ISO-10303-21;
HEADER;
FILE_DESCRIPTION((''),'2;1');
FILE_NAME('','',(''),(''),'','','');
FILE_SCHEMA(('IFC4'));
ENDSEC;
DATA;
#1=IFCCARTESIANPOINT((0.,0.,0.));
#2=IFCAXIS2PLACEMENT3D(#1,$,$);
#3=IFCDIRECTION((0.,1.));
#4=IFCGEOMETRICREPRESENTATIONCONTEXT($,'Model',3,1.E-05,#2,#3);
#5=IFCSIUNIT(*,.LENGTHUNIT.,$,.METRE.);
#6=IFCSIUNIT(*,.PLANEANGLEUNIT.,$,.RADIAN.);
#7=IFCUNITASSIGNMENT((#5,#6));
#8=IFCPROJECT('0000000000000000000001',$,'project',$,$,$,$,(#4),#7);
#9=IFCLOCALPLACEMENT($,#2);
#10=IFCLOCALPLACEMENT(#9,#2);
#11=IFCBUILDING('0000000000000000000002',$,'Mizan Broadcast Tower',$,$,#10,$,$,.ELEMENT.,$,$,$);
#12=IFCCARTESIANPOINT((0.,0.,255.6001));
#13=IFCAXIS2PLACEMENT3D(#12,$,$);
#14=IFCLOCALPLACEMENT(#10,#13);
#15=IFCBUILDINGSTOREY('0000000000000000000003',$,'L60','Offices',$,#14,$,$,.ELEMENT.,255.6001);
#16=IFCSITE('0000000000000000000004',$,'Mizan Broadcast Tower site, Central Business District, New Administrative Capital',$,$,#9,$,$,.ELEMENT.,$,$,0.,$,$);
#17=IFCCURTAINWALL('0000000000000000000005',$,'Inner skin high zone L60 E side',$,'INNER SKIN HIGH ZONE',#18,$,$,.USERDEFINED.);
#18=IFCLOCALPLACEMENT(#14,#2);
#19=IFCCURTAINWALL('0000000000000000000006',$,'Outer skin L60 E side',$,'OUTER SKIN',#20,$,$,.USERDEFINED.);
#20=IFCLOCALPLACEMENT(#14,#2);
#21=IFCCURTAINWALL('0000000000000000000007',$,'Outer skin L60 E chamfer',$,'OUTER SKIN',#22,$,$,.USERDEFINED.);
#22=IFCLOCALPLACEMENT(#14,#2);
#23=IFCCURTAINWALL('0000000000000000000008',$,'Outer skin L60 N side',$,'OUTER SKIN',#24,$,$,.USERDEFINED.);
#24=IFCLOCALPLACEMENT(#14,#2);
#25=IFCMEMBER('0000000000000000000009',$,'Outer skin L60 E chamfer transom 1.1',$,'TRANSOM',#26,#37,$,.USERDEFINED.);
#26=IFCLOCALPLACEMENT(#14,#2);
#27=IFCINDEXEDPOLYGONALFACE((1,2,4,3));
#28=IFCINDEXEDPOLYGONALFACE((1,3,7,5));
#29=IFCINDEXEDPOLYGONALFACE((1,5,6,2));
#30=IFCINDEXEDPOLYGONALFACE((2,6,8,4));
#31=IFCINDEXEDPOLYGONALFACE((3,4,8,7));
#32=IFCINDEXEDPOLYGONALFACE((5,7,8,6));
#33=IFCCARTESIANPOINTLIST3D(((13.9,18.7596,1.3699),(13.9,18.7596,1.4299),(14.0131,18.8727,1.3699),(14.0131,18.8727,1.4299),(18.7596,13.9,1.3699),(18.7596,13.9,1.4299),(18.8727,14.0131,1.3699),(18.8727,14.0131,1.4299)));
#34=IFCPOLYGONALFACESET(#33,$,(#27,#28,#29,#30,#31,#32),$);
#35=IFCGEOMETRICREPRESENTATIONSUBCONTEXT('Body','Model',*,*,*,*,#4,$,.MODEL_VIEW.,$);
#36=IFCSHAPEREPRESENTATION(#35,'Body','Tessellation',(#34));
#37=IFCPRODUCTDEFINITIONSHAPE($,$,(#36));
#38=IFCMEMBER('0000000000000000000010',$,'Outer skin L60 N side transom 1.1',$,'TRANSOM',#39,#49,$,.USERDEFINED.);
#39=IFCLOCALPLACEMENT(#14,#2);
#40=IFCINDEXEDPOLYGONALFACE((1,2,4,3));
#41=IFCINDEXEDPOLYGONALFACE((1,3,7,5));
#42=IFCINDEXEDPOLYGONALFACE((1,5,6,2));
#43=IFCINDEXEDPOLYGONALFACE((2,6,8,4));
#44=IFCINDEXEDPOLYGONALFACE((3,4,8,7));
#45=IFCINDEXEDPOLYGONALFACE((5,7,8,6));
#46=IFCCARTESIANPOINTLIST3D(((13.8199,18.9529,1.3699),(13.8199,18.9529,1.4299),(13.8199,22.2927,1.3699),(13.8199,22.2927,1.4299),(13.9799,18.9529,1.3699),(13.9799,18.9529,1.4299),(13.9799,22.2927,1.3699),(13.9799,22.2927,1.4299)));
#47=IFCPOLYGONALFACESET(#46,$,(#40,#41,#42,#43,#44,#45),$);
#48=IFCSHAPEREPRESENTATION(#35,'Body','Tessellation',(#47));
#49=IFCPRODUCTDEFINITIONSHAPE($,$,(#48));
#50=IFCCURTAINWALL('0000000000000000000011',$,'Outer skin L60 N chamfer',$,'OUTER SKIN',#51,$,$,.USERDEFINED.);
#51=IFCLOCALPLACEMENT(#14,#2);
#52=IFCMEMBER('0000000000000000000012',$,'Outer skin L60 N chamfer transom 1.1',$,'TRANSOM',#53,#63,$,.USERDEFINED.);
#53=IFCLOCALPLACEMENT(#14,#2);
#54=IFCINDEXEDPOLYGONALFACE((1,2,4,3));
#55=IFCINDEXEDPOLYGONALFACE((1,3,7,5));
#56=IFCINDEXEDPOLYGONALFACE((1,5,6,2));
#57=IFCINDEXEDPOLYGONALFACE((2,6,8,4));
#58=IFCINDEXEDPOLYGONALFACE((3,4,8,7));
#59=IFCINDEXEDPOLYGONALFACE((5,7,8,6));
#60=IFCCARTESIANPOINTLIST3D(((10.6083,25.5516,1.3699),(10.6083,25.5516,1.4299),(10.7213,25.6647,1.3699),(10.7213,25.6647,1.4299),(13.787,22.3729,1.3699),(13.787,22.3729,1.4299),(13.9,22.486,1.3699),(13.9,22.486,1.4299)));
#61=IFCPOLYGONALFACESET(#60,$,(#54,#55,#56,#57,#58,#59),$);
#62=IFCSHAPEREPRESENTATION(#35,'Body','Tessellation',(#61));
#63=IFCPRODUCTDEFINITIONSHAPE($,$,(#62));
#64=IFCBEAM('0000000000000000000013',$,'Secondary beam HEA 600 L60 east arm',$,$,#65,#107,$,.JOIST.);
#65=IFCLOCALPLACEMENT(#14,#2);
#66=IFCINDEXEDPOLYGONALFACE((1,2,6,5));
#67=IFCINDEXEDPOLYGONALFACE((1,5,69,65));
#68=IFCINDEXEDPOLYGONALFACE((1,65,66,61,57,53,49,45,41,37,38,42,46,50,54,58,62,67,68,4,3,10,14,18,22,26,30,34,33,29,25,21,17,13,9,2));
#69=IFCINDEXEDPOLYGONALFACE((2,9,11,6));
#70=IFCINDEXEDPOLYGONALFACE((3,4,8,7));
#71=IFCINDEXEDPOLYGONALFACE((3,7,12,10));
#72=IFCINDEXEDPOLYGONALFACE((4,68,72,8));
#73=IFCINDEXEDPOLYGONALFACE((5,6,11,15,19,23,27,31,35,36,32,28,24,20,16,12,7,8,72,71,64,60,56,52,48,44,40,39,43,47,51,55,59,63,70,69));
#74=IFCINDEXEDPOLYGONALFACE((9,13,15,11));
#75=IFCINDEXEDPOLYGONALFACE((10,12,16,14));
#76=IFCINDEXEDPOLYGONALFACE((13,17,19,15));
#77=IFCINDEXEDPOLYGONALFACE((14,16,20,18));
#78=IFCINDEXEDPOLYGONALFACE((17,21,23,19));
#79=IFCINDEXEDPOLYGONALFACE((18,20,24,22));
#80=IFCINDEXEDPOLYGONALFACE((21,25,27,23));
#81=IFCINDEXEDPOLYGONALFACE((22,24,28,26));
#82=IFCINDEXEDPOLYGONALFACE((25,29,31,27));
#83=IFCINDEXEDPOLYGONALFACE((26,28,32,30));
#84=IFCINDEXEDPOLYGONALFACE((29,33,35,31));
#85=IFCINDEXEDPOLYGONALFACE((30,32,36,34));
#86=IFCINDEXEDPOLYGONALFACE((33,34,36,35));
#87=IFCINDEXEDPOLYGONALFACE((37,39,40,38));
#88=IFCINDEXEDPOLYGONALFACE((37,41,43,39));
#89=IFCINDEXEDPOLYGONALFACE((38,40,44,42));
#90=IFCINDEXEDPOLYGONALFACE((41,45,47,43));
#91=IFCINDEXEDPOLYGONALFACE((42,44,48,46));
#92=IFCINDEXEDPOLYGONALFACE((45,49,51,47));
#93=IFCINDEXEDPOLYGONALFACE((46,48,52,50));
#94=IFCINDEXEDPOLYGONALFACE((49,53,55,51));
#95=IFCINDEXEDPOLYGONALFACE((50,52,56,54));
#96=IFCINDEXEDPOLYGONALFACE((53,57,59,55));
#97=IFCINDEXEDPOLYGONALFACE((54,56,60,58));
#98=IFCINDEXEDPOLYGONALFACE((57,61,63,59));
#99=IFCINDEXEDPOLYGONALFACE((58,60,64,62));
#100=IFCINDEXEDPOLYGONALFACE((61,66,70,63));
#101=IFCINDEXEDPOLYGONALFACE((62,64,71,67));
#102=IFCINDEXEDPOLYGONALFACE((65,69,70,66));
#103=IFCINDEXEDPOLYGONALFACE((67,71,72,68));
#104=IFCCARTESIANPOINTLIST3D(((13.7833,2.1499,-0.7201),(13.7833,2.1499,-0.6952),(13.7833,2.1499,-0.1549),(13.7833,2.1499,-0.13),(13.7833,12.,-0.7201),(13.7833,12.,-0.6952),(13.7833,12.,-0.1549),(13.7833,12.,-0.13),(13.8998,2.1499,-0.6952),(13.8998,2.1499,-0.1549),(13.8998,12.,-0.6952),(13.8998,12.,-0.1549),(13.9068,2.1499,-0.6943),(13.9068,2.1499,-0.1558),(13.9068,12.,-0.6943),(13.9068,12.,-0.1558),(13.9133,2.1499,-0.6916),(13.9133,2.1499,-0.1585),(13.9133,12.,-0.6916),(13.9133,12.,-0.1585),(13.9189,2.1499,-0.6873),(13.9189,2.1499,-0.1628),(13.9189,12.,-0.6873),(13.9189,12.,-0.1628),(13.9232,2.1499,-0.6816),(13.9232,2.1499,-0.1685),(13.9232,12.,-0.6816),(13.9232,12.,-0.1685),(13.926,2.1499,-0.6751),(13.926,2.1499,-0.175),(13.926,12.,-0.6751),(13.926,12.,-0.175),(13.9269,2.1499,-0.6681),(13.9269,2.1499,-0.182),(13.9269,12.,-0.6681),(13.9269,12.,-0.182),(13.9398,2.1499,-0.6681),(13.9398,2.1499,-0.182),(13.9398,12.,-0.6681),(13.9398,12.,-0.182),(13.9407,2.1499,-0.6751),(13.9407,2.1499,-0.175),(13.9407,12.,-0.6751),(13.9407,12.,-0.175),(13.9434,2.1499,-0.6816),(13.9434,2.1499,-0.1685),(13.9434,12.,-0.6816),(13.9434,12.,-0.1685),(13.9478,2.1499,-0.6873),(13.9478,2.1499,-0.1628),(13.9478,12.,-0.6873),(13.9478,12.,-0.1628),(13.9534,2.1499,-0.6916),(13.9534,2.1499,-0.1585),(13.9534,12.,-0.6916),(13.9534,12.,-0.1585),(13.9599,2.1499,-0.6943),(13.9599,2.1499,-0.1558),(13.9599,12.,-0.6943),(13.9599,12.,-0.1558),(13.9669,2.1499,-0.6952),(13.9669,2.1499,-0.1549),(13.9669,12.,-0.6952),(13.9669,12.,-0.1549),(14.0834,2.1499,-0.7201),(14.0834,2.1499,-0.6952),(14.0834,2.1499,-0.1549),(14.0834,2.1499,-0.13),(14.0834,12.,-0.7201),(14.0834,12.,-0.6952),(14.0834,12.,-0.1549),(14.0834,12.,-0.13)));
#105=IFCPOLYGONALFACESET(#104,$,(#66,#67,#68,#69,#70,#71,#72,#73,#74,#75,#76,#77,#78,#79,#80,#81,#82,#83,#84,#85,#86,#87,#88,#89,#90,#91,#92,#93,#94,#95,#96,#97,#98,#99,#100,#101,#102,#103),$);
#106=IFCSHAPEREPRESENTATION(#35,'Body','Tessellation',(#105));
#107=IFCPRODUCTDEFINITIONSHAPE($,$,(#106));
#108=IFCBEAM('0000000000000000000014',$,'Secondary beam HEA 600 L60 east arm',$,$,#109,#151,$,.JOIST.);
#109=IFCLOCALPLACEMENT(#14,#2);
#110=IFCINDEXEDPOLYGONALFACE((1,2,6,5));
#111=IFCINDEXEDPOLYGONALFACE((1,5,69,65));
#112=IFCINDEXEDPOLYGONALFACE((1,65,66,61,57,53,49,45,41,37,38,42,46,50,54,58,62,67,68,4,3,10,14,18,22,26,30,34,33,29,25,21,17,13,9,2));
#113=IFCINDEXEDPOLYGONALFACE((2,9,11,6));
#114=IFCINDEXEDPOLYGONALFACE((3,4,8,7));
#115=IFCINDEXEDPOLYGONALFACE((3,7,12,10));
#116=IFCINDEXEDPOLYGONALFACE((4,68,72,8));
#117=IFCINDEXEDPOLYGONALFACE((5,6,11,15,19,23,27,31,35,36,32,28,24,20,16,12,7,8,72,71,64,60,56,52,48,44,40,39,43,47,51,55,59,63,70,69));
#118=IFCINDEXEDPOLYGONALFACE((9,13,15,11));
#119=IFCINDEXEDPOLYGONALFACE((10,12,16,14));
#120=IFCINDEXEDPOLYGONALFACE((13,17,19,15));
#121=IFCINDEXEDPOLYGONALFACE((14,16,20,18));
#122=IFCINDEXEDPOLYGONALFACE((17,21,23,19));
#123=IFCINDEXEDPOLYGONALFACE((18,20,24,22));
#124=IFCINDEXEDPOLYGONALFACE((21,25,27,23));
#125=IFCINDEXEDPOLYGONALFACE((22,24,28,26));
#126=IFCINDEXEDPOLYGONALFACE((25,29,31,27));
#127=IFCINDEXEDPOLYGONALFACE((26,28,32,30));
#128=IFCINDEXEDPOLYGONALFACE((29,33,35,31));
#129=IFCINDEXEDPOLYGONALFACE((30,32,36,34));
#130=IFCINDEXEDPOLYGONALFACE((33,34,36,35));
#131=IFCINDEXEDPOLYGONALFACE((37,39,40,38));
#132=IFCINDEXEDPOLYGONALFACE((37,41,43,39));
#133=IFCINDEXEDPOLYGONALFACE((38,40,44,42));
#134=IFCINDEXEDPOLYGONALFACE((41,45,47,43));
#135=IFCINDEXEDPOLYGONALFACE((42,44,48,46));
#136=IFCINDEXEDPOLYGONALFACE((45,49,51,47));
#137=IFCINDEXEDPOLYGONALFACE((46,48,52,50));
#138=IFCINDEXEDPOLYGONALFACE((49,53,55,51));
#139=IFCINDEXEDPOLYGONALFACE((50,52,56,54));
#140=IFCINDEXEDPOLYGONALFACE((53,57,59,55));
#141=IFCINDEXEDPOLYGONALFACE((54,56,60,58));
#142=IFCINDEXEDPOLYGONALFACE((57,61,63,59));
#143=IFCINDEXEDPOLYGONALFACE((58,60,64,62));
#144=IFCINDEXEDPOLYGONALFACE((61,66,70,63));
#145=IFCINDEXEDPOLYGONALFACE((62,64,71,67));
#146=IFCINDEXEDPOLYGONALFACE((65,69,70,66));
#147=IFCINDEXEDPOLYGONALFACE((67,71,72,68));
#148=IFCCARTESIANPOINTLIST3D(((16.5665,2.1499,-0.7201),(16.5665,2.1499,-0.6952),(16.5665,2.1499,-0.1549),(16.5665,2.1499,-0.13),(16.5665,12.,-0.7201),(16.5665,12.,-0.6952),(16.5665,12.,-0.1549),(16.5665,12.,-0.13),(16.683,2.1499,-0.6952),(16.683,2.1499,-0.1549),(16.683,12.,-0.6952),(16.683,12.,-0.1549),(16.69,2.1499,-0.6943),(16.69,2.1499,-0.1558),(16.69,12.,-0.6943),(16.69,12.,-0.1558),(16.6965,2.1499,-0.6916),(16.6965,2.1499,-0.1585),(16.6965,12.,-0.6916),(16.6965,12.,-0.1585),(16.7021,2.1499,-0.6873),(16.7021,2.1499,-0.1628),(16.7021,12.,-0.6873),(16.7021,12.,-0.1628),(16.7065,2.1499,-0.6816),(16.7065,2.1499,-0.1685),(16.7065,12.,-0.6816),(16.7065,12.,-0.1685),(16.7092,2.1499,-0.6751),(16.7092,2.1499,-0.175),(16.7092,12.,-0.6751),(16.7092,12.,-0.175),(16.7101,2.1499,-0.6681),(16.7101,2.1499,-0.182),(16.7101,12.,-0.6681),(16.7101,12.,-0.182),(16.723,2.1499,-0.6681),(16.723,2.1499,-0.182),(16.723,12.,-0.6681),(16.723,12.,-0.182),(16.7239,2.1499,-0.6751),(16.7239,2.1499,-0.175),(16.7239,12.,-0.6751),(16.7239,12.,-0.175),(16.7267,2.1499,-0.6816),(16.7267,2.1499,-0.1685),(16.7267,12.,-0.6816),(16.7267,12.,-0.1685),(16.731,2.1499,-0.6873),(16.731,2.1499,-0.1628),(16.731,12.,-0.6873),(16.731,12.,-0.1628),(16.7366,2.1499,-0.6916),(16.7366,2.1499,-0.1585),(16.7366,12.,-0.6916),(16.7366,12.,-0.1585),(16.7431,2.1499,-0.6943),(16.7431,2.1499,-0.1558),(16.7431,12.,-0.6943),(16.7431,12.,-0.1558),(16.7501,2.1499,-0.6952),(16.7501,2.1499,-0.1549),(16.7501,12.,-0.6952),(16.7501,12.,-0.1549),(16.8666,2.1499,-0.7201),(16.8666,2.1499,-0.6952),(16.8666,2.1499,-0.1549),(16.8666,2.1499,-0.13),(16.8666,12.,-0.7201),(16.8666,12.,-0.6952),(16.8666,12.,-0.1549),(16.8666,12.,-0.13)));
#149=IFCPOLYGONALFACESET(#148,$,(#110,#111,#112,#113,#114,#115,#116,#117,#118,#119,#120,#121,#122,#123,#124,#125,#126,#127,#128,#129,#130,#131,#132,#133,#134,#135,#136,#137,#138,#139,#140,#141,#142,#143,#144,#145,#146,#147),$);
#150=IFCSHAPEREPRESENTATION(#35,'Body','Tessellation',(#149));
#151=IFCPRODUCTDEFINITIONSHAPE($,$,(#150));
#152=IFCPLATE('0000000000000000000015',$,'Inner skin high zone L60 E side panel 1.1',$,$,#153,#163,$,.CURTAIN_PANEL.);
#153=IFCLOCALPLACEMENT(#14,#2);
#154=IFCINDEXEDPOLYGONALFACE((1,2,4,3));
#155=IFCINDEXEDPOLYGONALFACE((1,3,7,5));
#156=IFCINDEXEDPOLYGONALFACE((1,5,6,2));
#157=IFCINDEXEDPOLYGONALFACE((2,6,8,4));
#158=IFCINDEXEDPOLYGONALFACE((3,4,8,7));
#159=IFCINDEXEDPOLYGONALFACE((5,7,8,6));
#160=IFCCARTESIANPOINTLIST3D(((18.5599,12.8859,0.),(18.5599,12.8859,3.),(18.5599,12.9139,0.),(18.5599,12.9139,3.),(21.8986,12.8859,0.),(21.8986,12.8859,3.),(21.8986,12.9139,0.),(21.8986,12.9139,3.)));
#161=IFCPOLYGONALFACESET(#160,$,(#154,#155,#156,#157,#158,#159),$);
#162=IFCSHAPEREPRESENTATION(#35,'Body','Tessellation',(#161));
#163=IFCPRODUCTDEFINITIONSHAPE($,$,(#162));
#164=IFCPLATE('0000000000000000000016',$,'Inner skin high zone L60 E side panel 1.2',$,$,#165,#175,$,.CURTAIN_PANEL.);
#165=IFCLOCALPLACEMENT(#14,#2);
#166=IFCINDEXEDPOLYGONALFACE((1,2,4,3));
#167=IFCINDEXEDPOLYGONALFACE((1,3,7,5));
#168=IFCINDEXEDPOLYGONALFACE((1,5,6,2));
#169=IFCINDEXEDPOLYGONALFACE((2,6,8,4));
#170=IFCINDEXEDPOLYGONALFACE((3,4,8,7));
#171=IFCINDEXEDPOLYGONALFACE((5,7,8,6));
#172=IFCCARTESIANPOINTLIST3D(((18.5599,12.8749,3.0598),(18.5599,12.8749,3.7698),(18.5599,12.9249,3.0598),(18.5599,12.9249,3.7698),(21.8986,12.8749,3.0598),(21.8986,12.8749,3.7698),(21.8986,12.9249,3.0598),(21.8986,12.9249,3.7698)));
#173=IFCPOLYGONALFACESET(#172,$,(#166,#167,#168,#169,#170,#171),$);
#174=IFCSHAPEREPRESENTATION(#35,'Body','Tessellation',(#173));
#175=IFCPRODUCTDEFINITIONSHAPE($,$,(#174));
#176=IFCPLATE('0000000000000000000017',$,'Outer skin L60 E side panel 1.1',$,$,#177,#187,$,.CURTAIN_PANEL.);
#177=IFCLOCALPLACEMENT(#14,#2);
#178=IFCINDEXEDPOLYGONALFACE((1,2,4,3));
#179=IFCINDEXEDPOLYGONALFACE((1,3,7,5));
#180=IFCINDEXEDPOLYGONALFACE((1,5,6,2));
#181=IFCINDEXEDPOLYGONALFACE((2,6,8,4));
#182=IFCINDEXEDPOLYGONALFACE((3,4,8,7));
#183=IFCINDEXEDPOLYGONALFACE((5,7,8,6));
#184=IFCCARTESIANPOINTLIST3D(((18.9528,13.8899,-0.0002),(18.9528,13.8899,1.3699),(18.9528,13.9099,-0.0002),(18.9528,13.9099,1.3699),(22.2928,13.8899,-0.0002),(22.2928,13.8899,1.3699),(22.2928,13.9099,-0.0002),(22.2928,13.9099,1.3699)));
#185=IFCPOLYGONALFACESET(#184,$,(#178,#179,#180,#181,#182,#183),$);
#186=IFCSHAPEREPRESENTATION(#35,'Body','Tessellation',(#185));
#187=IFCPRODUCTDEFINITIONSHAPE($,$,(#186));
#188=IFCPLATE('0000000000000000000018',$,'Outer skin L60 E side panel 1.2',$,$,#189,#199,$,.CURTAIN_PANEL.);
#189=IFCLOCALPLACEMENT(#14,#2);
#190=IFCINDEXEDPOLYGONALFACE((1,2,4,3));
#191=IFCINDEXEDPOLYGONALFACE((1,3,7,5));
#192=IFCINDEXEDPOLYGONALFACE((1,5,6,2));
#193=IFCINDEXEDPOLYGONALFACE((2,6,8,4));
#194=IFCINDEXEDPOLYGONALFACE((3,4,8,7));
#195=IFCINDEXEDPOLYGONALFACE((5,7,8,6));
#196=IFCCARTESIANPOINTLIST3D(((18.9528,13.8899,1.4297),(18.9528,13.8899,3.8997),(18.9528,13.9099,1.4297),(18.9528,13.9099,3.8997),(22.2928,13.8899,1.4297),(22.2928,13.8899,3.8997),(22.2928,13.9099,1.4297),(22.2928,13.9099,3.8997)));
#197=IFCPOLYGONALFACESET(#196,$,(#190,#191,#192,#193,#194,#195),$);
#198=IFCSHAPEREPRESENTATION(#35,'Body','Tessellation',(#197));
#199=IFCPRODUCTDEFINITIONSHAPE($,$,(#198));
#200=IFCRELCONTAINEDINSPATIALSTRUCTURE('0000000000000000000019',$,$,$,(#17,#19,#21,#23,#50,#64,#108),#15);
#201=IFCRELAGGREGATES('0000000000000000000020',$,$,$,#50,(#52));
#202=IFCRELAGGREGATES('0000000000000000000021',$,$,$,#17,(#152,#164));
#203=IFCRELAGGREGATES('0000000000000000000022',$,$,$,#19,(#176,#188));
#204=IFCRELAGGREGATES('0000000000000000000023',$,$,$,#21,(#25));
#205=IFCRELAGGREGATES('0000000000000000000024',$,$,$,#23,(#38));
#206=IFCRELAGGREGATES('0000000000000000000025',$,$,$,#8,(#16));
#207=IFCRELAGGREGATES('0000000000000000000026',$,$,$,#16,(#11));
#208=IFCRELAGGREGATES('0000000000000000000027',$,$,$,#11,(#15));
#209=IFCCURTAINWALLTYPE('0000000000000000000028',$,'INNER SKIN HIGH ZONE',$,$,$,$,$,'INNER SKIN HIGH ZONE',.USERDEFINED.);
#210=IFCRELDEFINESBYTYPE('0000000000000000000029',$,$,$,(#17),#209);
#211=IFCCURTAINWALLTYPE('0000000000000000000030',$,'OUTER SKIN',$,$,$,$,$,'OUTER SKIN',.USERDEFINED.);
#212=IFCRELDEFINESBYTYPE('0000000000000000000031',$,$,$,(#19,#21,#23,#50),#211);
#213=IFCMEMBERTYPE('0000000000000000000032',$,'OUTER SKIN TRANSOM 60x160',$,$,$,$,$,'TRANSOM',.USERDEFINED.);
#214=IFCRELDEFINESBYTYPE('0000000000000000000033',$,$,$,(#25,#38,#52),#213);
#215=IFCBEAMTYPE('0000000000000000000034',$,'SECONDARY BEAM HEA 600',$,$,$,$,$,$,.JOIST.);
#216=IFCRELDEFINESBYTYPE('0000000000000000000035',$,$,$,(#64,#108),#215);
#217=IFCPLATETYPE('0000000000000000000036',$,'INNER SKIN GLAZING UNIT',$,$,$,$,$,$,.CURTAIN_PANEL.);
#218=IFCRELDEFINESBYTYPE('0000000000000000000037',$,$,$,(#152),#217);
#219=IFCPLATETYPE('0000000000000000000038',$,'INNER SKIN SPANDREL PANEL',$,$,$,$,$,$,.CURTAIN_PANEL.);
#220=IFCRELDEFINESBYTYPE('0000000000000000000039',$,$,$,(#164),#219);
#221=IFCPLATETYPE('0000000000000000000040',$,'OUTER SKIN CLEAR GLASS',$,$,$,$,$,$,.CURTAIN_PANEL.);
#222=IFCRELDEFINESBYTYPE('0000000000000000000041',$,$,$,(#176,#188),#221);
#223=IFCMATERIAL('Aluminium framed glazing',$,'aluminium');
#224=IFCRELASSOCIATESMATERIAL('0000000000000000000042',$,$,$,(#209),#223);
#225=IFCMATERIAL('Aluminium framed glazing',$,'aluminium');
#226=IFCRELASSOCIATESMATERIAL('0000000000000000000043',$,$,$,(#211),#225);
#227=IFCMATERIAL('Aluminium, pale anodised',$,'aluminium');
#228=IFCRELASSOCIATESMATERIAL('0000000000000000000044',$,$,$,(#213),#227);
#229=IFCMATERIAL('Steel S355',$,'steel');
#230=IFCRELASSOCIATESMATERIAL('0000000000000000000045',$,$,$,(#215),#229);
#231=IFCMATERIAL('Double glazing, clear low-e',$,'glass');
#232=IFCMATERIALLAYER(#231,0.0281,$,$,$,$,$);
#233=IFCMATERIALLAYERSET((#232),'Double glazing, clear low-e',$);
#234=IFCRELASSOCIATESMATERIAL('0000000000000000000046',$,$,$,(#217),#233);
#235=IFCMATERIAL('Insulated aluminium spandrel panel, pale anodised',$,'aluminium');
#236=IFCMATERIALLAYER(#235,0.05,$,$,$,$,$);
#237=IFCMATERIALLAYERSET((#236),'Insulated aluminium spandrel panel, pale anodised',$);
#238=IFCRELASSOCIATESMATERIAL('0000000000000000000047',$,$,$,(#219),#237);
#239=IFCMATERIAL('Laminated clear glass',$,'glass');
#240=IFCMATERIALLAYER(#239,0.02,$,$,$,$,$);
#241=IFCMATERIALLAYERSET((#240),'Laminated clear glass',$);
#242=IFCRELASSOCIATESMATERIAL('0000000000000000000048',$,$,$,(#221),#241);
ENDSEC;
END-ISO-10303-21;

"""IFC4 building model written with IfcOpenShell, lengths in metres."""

from ifc_helpers import new_model, si_unit, direction, frame, origin, origin_2d, place, context, subcontext, project, spatial, rectangle, i_section, extrude, material, layer, layer_set, material_profile, profile_set, type_object, element, aggregate, save


model = new_model("IFC4")

# Units and contexts
model_context = context("Model", 3, precision=1e-05, world=origin(), true_north=direction((0.0, 1.0)))
body_context = subcontext(model_context, "Body", "Model", "MODEL_VIEW")
ifc_project = project(units=[si_unit("LENGTHUNIT", "METRE"), si_unit("PLANEANGLEUNIT", "RADIAN")], contexts=[model_context])

# Site, building, storey
site_placement = place(None, origin())
site = spatial("IfcSite", under=ifc_project, at=site_placement, Name="Mizan Broadcast Tower site, Central Business District, New Administrative Capital", CompositionType="ELEMENT", RefElevation=0.0)
building_placement = place(site_placement, origin())
building = spatial("IfcBuilding", under=site, at=building_placement, Name="Mizan Broadcast Tower", CompositionType="ELEMENT")
storey_placement = place(building_placement, frame((0.0, 0.0, 255.6001)))
storey = spatial("IfcBuildingStorey", under=building, at=storey_placement, Name="L60", Description="Offices", CompositionType="ELEMENT", Elevation=255.6001)

# Curtain wall
ifc_material_1 = material(Name="Aluminium framed glazing", Category="aluminium")
curtain_wall_type_1 = type_object("IfcCurtainWallType", Name="INNER SKIN HIGH ZONE", ElementType="INNER SKIN HIGH ZONE", PredefinedType="USERDEFINED", material=ifc_material_1)
curtain_wall_1_placement = place(storey_placement, origin())
curtain_wall_1 = element("IfcCurtainWall", 1, at=curtain_wall_1_placement, inside=storey, type_object=curtain_wall_type_1, Name="Inner skin high zone L60 E side", ObjectType="INNER SKIN HIGH ZONE", PredefinedType="USERDEFINED")

# Curtain walls
ifc_material_2 = material(Name="Aluminium framed glazing", Category="aluminium")
curtain_wall_type_2 = type_object("IfcCurtainWallType", Name="OUTER SKIN", ElementType="OUTER SKIN", PredefinedType="USERDEFINED", material=ifc_material_2)
curtain_wall_2_placement = place(storey_placement, origin())
curtain_wall_2 = element("IfcCurtainWall", 2, at=curtain_wall_2_placement, inside=storey, type_object=curtain_wall_type_2, Name="Outer skin L60 E side", ObjectType="OUTER SKIN", PredefinedType="USERDEFINED")
curtain_wall_3_placement = place(storey_placement, origin())
curtain_wall_3 = element("IfcCurtainWall", 3, at=curtain_wall_3_placement, inside=storey, type_object=curtain_wall_type_2, Name="Outer skin L60 E chamfer", ObjectType="OUTER SKIN", PredefinedType="USERDEFINED")
curtain_wall_4_placement = place(storey_placement, origin())
curtain_wall_4 = element("IfcCurtainWall", 4, at=curtain_wall_4_placement, inside=storey, type_object=curtain_wall_type_2, Name="Outer skin L60 N side", ObjectType="OUTER SKIN", PredefinedType="USERDEFINED")

# Members
ifc_material_3 = material(Name="Aluminium, pale anodised", Category="aluminium")
ifc_material_profile_1 = material_profile(ifc_material_3, rectangle(XDim=0.1599, YDim=0.0601, at=origin_2d()), Name="TRANSOM 160x60")
ifc_profile_set_1 = profile_set([ifc_material_profile_1], Name="Aluminium, pale anodised")
member_type_1 = type_object("IfcMemberType", Name="OUTER SKIN TRANSOM 60x160", ElementType="TRANSOM", PredefinedType="USERDEFINED", material=ifc_profile_set_1)
member_1_placement = place(storey_placement, frame((18.8162, 13.9565, 1.3999), z_axis=(-0.707107, 0.707107, 0.0), x_axis=(-0.707107, -0.707107, 0.0)))
member_1 = element("IfcMember", 5, at=member_1_placement, type_object=member_type_1, Name="Outer skin L60 E chamfer transom 1.1", ObjectType="TRANSOM", PredefinedType="USERDEFINED", context=body_context, shape_type="SweptSolid", body=[
    extrude(rectangle(XDim=0.1599, YDim=0.0601, at=origin_2d()), origin(), (0.0, 0.0, 1.0), 6.8726),
])
member_2_placement = place(storey_placement, frame((13.8999, 18.9529, 1.3999), z_axis=(0.0, 1.0, 0.0), x_axis=(-1.0, 0.0, 0.0)))
member_2 = element("IfcMember", 6, at=member_2_placement, type_object=member_type_1, Name="Outer skin L60 N side transom 1.1", ObjectType="TRANSOM", PredefinedType="USERDEFINED", context=body_context, shape_type="SweptSolid", body=[
    extrude(rectangle(XDim=0.1599, YDim=0.0601, at=origin_2d()), origin(), (0.0, 0.0, 1.0), 3.3398),
])

# Curtain wall, member
curtain_wall_5_placement = place(storey_placement, origin())
curtain_wall_5 = element("IfcCurtainWall", 7, at=curtain_wall_5_placement, inside=storey, type_object=curtain_wall_type_2, Name="Outer skin L60 N chamfer", ObjectType="OUTER SKIN", PredefinedType="USERDEFINED")
member_3_placement = place(storey_placement, frame((13.8435, 22.4294, 1.3999), z_axis=(-0.707107, 0.707107, 0.0), x_axis=(-0.707107, -0.707107, 0.0)))
member_3 = element("IfcMember", 8, at=member_3_placement, type_object=member_type_1, Name="Outer skin L60 N chamfer transom 1.1", ObjectType="TRANSOM", PredefinedType="USERDEFINED", context=body_context, shape_type="SweptSolid", body=[
    extrude(rectangle(XDim=0.1599, YDim=0.0601, at=origin_2d()), origin(), (0.0, 0.0, 1.0), 4.4954),
])
aggregate(curtain_wall_5, [member_3])

# Beams
ifc_material_4 = material(Name="Steel S355", Category="steel")
ifc_material_profile_2 = material_profile(ifc_material_4, i_section(OverallWidth=0.3, OverallDepth=0.5901, WebThickness=0.0129, FlangeThickness=0.0249, FilletRadius=0.0271, at=origin_2d()), Name="HEA 600")
ifc_profile_set_2 = profile_set([ifc_material_profile_2], Name="Steel S355")
beam_type_1 = type_object("IfcBeamType", Name="SECONDARY BEAM HEA 600", PredefinedType="JOIST", material=ifc_profile_set_2)
for number, where, z_axis, x_axis, name in (
    (9, (13.9333, 12.0, -0.425), (0.0, -1.0, 0.0), (1.0, 0.0, 0.0), "Secondary beam HEA 600 L60 east arm"),
    (10, (16.7166, 12.0, -0.425), (0.0, -1.0, 0.0), (1.0, 0.0, 0.0), "Secondary beam HEA 600 L60 east arm"),
):
    element("IfcBeam", number, at=place(storey_placement, frame(where, z_axis=z_axis, x_axis=x_axis)), inside=storey, type_object=beam_type_1, Name=name, PredefinedType="JOIST", context=body_context, shape_type="SweptSolid", body=[
        extrude(i_section(OverallWidth=0.3, OverallDepth=0.5901, WebThickness=0.0129, FlangeThickness=0.0249, FilletRadius=0.0271, at=origin_2d()), origin(), (0.0, 0.0, 1.0), 9.8501),
    ])

# Plates
ifc_material_5 = material(Name="Double glazing, clear low-e", Category="glass")
ifc_layer_1 = layer(ifc_material_5, 0.0281)
ifc_layer_set_1 = layer_set([ifc_layer_1], Name="Double glazing, clear low-e")
plate_type_1 = type_object("IfcPlateType", Name="INNER SKIN GLAZING UNIT", PredefinedType="CURTAIN_PANEL", material=ifc_layer_set_1)
plate_1_placement = place(storey_placement, frame((20.2292, 12.8999, 0.0), z_axis=(0.0, 0.0, 1.0), x_axis=(-1.0, 0.0, 0.0)))
plate_1 = element("IfcPlate", 11, at=plate_1_placement, type_object=plate_type_1, Name="Inner skin high zone L60 E side panel 1.1", PredefinedType="CURTAIN_PANEL", context=body_context, shape_type="SweptSolid", body=[
    extrude(rectangle(XDim=3.3386, YDim=0.0281, at=origin_2d()), origin(), (0.0, 0.0, 1.0), 3.0),
])
ifc_material_6 = material(Name="Insulated aluminium spandrel panel, pale anodised", Category="aluminium")
ifc_layer_2 = layer(ifc_material_6, 0.05)
ifc_layer_set_2 = layer_set([ifc_layer_2], Name="Insulated aluminium spandrel panel, pale anodised")
plate_type_2 = type_object("IfcPlateType", Name="INNER SKIN SPANDREL PANEL", PredefinedType="CURTAIN_PANEL", material=ifc_layer_set_2)
plate_2_placement = place(storey_placement, frame((20.2292, 12.8999, 3.0598), z_axis=(0.0, 0.0, 1.0), x_axis=(-1.0, 0.0, 0.0)))
plate_2 = element("IfcPlate", 12, at=plate_2_placement, type_object=plate_type_2, Name="Inner skin high zone L60 E side panel 1.2", PredefinedType="CURTAIN_PANEL", context=body_context, shape_type="SweptSolid", body=[
    extrude(rectangle(XDim=3.3386, YDim=0.05, at=origin_2d()), origin(), (0.0, 0.0, 1.0), 0.71),
])
aggregate(curtain_wall_1, [plate_1, plate_2])
ifc_material_7 = material(Name="Laminated clear glass", Category="glass")
ifc_layer_3 = layer(ifc_material_7, 0.02)
ifc_layer_set_3 = layer_set([ifc_layer_3], Name="Laminated clear glass")
plate_type_3 = type_object("IfcPlateType", Name="OUTER SKIN CLEAR GLASS", PredefinedType="CURTAIN_PANEL", material=ifc_layer_set_3)
plate_3_placement = place(storey_placement, frame((20.6228, 13.8999, -0.0002), z_axis=(0.0, 0.0, 1.0), x_axis=(-1.0, 0.0, 0.0)))
plate_3 = element("IfcPlate", 13, at=plate_3_placement, type_object=plate_type_3, Name="Outer skin L60 E side panel 1.1", PredefinedType="CURTAIN_PANEL", context=body_context, shape_type="SweptSolid", body=[
    extrude(rectangle(XDim=3.3401, YDim=0.02, at=origin_2d()), origin(), (0.0, 0.0, 1.0), 1.3701),
])
plate_4_placement = place(storey_placement, frame((20.6228, 13.8999, 1.4297), z_axis=(0.0, 0.0, 1.0), x_axis=(-1.0, 0.0, 0.0)))
plate_4 = element("IfcPlate", 14, at=plate_4_placement, type_object=plate_type_3, Name="Outer skin L60 E side panel 1.2", PredefinedType="CURTAIN_PANEL", context=body_context, shape_type="SweptSolid", body=[
    extrude(rectangle(XDim=3.3401, YDim=0.02, at=origin_2d()), origin(), (0.0, 0.0, 1.0), 2.47),
])
aggregate(curtain_wall_2, [plate_3, plate_4])
aggregate(curtain_wall_3, [member_1])
aggregate(curtain_wall_4, [member_2])

save(model, "model.ifc")
